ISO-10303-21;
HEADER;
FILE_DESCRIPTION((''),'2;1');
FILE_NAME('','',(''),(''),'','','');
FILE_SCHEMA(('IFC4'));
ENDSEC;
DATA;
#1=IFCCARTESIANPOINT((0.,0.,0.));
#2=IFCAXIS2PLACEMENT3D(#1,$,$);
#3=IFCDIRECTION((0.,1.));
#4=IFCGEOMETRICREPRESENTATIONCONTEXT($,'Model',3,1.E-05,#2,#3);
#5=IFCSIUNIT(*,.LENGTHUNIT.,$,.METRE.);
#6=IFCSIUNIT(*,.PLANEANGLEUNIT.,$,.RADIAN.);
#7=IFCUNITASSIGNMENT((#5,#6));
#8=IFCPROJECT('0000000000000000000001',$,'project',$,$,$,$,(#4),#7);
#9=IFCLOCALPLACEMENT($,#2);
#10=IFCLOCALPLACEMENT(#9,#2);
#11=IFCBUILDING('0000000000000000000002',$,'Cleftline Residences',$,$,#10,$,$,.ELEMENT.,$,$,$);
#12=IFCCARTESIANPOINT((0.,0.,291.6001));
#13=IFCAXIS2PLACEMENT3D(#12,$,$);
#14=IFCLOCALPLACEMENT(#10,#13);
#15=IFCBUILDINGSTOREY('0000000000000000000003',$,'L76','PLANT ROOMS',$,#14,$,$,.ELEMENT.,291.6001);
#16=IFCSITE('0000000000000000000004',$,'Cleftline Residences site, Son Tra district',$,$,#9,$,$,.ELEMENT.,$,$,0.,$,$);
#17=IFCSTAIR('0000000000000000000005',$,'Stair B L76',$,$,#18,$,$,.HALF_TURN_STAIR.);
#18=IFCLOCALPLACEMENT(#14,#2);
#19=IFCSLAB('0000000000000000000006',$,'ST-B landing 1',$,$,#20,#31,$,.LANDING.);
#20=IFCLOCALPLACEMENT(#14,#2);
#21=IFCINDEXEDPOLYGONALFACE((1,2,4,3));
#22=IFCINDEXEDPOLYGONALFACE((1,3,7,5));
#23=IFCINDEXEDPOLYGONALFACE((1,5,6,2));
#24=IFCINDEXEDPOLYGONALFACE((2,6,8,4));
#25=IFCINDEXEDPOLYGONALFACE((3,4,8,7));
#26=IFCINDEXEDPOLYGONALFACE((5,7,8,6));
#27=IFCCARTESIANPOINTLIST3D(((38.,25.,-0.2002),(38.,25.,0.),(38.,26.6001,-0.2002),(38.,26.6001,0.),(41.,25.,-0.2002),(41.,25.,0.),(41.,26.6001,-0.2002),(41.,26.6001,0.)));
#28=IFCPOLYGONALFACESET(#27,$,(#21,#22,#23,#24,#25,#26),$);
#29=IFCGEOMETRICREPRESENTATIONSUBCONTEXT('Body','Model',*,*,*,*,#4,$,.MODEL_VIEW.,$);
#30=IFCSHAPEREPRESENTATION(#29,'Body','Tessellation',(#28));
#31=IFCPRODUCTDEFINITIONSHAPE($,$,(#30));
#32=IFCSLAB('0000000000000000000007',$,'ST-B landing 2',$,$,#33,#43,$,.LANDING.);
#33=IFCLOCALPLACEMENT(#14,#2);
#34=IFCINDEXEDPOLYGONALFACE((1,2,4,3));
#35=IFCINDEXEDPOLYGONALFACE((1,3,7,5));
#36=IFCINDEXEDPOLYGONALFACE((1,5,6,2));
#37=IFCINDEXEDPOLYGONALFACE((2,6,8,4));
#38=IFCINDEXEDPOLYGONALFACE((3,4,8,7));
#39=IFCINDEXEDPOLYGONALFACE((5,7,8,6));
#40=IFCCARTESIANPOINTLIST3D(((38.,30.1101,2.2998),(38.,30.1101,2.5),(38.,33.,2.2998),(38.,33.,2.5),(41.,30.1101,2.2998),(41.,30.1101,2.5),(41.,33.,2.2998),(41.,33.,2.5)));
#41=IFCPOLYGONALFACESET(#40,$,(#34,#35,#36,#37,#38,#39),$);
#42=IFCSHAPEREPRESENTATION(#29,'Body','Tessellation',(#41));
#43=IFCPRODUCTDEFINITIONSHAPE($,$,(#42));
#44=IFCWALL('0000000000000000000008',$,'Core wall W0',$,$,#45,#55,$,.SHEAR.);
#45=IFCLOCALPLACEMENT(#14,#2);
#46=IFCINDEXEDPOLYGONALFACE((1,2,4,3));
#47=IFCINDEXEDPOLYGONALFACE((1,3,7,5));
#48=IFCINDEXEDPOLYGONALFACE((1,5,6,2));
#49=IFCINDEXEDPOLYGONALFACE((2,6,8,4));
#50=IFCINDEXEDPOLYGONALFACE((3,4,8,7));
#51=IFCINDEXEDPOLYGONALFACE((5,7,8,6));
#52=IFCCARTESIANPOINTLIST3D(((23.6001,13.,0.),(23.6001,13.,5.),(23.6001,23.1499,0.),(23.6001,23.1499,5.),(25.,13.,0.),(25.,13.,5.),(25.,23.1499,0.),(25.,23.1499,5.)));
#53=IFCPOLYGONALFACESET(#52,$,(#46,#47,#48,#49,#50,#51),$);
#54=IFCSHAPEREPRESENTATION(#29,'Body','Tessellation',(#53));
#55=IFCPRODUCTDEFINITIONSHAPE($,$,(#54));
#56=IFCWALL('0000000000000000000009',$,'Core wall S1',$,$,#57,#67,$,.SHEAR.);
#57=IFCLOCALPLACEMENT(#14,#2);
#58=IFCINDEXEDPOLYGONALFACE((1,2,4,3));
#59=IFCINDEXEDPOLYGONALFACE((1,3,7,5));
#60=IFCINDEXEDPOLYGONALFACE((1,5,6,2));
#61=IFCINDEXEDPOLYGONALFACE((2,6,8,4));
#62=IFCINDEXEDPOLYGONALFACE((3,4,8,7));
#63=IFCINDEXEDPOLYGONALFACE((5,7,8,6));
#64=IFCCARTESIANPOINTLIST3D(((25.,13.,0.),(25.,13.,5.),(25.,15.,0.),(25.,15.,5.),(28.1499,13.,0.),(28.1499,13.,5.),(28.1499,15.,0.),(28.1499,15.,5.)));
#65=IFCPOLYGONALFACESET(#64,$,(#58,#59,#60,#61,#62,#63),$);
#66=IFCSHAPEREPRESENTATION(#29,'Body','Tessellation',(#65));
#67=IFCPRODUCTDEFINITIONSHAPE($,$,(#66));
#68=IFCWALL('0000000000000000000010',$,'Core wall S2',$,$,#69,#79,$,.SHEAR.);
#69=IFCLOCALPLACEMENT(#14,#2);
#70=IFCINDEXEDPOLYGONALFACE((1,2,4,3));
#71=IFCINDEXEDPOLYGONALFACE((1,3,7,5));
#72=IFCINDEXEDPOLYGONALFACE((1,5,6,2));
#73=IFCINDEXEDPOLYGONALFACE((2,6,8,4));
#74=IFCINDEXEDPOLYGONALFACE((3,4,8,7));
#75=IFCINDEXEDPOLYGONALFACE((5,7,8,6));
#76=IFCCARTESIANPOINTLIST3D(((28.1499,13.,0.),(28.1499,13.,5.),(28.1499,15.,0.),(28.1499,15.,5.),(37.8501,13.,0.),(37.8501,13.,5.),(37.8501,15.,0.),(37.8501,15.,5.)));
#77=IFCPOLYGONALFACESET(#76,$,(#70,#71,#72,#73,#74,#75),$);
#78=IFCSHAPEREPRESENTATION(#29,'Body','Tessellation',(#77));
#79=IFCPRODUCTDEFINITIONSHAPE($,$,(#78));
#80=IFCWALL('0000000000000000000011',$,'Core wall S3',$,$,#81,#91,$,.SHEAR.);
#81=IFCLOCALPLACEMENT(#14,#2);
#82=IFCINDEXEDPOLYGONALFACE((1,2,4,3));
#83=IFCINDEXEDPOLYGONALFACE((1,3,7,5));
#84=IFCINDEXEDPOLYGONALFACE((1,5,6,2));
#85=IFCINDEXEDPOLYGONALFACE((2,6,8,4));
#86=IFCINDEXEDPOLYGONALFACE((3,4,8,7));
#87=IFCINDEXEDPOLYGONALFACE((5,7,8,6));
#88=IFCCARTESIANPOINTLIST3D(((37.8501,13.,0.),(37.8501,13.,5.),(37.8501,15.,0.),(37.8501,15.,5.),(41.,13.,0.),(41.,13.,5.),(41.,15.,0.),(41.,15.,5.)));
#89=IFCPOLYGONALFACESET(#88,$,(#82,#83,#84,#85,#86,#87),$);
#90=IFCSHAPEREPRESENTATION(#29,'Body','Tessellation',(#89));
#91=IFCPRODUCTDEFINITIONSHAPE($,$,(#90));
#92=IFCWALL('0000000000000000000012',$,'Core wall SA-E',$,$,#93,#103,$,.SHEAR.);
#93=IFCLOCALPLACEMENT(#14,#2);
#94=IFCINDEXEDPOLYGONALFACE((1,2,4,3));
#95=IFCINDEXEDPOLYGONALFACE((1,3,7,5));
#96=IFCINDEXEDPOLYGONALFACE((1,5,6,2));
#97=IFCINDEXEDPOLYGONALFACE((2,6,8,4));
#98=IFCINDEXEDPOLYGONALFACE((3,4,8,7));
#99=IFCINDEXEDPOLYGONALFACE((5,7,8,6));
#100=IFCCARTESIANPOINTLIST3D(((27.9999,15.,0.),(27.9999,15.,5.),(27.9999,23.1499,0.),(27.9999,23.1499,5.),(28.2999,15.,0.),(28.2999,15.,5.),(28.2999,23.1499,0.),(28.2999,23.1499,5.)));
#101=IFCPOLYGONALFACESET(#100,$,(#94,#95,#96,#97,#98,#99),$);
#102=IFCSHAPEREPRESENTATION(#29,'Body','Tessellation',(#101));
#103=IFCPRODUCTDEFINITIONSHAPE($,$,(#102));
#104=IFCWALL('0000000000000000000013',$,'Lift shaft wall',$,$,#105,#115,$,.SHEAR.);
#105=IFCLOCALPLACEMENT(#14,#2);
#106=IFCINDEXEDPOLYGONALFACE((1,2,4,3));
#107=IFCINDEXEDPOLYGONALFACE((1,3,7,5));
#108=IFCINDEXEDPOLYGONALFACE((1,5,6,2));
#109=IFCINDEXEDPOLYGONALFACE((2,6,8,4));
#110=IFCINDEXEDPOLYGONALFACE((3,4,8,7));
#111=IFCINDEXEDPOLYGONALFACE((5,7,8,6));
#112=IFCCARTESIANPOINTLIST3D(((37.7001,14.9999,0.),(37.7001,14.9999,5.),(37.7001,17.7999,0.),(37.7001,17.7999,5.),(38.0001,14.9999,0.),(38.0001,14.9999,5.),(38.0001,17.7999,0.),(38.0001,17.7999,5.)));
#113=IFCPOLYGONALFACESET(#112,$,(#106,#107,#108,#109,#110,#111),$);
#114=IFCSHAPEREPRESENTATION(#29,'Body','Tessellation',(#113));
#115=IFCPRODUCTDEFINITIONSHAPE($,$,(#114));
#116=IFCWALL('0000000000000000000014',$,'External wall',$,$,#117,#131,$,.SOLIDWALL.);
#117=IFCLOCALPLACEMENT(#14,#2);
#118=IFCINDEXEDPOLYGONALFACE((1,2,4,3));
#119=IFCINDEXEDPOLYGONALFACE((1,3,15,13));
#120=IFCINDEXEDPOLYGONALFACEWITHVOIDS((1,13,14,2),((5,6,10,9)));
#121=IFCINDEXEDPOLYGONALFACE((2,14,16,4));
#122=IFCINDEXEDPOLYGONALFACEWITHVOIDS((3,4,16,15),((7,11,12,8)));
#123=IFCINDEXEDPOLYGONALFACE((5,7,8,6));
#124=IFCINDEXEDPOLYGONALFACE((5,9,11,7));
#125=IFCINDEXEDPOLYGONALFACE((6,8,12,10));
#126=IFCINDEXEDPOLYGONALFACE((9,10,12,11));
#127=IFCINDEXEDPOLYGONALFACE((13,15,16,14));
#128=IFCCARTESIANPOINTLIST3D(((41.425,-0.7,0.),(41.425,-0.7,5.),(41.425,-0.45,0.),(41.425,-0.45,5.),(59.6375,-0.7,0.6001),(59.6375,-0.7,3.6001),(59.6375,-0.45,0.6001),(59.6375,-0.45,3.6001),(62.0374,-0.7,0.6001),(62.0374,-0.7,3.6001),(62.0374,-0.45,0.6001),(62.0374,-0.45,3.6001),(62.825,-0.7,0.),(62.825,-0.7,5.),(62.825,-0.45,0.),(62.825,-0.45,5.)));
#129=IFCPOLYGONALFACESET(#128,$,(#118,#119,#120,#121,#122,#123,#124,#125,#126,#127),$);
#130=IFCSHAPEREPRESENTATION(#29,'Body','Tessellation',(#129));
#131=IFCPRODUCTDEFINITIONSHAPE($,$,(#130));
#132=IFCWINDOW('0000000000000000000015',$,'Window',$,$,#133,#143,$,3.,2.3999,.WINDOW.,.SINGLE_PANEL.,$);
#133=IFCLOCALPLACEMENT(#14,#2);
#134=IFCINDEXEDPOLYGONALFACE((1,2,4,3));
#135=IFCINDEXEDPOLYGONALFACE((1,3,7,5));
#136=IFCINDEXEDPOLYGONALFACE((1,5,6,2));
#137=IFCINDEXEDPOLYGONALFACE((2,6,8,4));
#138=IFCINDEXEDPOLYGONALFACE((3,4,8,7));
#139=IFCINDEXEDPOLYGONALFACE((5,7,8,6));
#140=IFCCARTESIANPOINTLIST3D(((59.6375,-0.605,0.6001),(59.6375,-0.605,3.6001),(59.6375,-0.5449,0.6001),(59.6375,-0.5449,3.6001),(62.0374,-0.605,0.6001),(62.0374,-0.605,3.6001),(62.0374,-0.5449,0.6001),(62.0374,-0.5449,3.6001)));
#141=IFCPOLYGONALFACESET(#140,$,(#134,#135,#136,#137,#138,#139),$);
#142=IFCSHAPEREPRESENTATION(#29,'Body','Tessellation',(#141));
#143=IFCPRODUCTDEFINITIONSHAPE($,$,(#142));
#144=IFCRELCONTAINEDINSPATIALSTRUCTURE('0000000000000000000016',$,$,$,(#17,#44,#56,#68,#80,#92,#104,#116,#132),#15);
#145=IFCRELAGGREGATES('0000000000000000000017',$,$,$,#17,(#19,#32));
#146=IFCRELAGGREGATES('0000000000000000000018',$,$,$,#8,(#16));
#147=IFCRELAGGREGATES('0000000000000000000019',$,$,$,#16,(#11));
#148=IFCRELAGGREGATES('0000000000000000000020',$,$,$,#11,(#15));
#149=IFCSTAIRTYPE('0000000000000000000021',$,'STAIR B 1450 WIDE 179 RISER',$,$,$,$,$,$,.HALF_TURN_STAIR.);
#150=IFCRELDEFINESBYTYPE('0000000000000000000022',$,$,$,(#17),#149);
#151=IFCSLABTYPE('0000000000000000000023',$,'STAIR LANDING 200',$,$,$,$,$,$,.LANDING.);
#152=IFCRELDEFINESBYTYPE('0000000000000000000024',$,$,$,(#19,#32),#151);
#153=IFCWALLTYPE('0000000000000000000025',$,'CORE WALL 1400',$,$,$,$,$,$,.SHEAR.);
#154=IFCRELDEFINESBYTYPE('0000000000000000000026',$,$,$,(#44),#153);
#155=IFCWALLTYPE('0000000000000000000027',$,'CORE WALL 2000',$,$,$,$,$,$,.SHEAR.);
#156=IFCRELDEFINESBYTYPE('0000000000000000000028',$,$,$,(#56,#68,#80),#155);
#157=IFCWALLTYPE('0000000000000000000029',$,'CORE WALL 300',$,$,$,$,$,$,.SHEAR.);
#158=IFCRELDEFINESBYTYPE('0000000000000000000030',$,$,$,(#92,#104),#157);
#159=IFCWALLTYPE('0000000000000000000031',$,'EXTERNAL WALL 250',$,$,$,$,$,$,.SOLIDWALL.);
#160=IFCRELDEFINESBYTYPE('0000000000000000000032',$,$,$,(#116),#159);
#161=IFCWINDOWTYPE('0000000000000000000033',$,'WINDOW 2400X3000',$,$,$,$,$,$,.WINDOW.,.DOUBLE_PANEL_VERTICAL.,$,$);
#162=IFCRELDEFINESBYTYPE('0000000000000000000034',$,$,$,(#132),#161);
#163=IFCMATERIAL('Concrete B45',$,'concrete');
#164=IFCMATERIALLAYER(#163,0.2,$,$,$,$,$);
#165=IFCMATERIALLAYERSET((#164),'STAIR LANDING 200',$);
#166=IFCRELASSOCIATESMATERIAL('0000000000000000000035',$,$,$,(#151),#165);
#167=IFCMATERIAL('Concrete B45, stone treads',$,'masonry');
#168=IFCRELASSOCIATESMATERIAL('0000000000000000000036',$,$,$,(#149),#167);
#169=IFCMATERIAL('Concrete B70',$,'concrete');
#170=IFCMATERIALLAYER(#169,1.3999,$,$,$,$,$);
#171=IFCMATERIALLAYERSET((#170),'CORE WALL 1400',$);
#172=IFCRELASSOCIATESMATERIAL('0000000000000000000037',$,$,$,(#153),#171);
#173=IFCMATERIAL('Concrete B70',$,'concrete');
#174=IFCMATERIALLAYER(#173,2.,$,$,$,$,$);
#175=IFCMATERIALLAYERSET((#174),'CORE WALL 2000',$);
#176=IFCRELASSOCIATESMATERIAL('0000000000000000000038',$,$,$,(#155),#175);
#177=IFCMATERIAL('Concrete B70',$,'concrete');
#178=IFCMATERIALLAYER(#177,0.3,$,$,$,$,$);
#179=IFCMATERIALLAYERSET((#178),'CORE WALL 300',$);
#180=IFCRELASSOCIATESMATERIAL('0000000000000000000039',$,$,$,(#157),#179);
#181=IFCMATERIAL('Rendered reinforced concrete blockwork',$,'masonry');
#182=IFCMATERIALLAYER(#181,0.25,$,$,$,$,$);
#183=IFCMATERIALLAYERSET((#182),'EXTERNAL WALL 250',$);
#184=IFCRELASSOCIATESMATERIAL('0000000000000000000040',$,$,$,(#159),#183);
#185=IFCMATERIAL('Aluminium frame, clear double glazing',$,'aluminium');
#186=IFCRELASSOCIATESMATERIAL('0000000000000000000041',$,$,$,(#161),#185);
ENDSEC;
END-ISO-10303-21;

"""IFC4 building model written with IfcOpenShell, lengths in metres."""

from ifc_helpers import new_model, si_unit, direction, frame, frame_2d, origin, place, context, subcontext, project, spatial, polyline, rectangle, outline, extrude, material, layer, layer_set, type_object, element, fill, aggregate, save


model = new_model("IFC4")

# Units and contexts
model_context = context("Model", 3, precision=1e-05, world=origin(), true_north=direction((0.0, 1.0)))
body_context = subcontext(model_context, "Body", "Model", "MODEL_VIEW")
ifc_project = project(units=[si_unit("LENGTHUNIT", "METRE"), si_unit("PLANEANGLEUNIT", "RADIAN")], contexts=[model_context])

# Site, building, storey
site_placement = place(None, origin())
site = spatial("IfcSite", under=ifc_project, at=site_placement, Name="Cleftline Residences site, Son Tra district", CompositionType="ELEMENT", RefElevation=0.0)
building_placement = place(site_placement, origin())
building = spatial("IfcBuilding", under=site, at=building_placement, Name="Cleftline Residences", CompositionType="ELEMENT")
storey_placement = place(building_placement, frame((0.0, 0.0, 291.6001)))
storey = spatial("IfcBuildingStorey", under=building, at=storey_placement, Name="L76", Description="PLANT ROOMS", CompositionType="ELEMENT", Elevation=291.6001)

# Stair, slabs
ifc_material_1 = material(Name="Concrete B45", Category="concrete")
ifc_layer_1 = layer(ifc_material_1, 0.2)
ifc_layer_set_1 = layer_set([ifc_layer_1], Name="STAIR LANDING 200")
slab_type_1 = type_object("IfcSlabType", Name="STAIR LANDING 200", PredefinedType="LANDING", material=ifc_layer_set_1)
ifc_material_2 = material(Name="Concrete B45, stone treads", Category="masonry")
stair_type_1 = type_object("IfcStairType", Name="STAIR B 1450 WIDE 179 RISER", PredefinedType="HALF_TURN_STAIR", material=ifc_material_2)
stair_1_placement = place(storey_placement, origin())
stair_1 = element("IfcStair", 1, at=stair_1_placement, inside=storey, type_object=stair_type_1, Name="Stair B L76", PredefinedType="HALF_TURN_STAIR")
slab_1_placement = place(storey_placement, frame((0.0, 0.0, -0.2002)))
slab_1 = element("IfcSlab", 2, at=slab_1_placement, type_object=slab_type_1, Name="ST-B landing 1", PredefinedType="LANDING", context=body_context, shape_type="SweptSolid", body=[
    extrude(outline(polyline([(38.0, 25.0), (41.0, 25.0), (41.0, 26.6001), (38.0, 26.6001), (38.0, 25.0)])), origin(), (0.0, 0.0, 1.0), 0.2002),
])
slab_2_placement = place(storey_placement, frame((0.0, 0.0, 2.2998)))
slab_2 = element("IfcSlab", 3, at=slab_2_placement, type_object=slab_type_1, Name="ST-B landing 2", PredefinedType="LANDING", context=body_context, shape_type="SweptSolid", body=[
    extrude(outline(polyline([(38.0, 30.1101), (41.0, 30.1101), (41.0, 33.0), (38.0, 33.0), (38.0, 30.1101)])), origin(), (0.0, 0.0, 1.0), 0.2002),
])
aggregate(stair_1, [slab_1, slab_2])

# Walls
ifc_material_3 = material(Name="Concrete B70", Category="concrete")
ifc_layer_2 = layer(ifc_material_3, 1.3999)
ifc_layer_set_2 = layer_set([ifc_layer_2], Name="CORE WALL 1400")
wall_type_1 = type_object("IfcWallType", Name="CORE WALL 1400", PredefinedType="SHEAR", material=ifc_layer_set_2)
wall_1_placement = place(storey_placement, frame((24.3, 13.0, 0.0), z_axis=(0.0, 0.0, 1.0), x_axis=(0.0, 1.0, 0.0)))
element("IfcWall", 4, at=wall_1_placement, inside=storey, type_object=wall_type_1, Name="Core wall W0", PredefinedType="SHEAR", context=body_context, shape_type="SweptSolid", body=[
    extrude(rectangle(XDim=10.1499, YDim=1.3999, at=frame_2d((5.075, 0.0))), origin(), (0.0, 0.0, 1.0), 5.0),
])
ifc_material_4 = material(Name="Concrete B70", Category="concrete")
ifc_layer_3 = layer(ifc_material_4, 2.0)
ifc_layer_set_3 = layer_set([ifc_layer_3], Name="CORE WALL 2000")
wall_type_2 = type_object("IfcWallType", Name="CORE WALL 2000", PredefinedType="SHEAR", material=ifc_layer_set_3)
wall_2_placement = place(storey_placement, frame((25.0, 14.0, 0.0), z_axis=(0.0, 0.0, 1.0), x_axis=(1.0, 0.0, 0.0)))
element("IfcWall", 5, at=wall_2_placement, inside=storey, type_object=wall_type_2, Name="Core wall S1", PredefinedType="SHEAR", context=body_context, shape_type="SweptSolid", body=[
    extrude(rectangle(XDim=3.1499, YDim=2.0, at=frame_2d((1.575, 0.0))), origin(), (0.0, 0.0, 1.0), 5.0),
])
wall_3_placement = place(storey_placement, frame((28.1499, 14.0, 0.0), z_axis=(0.0, 0.0, 1.0), x_axis=(1.0, 0.0, 0.0)))
element("IfcWall", 6, at=wall_3_placement, inside=storey, type_object=wall_type_2, Name="Core wall S2", PredefinedType="SHEAR", context=body_context, shape_type="SweptSolid", body=[
    extrude(rectangle(XDim=9.7002, YDim=2.0, at=frame_2d((4.8501, 0.0))), origin(), (0.0, 0.0, 1.0), 5.0),
])
wall_4_placement = place(storey_placement, frame((37.8501, 14.0, 0.0), z_axis=(0.0, 0.0, 1.0), x_axis=(1.0, 0.0, 0.0)))
element("IfcWall", 7, at=wall_4_placement, inside=storey, type_object=wall_type_2, Name="Core wall S3", PredefinedType="SHEAR", context=body_context, shape_type="SweptSolid", body=[
    extrude(rectangle(XDim=3.1499, YDim=2.0, at=frame_2d((1.575, 0.0))), origin(), (0.0, 0.0, 1.0), 5.0),
])
ifc_material_5 = material(Name="Concrete B70", Category="concrete")
ifc_layer_4 = layer(ifc_material_5, 0.3)
ifc_layer_set_4 = layer_set([ifc_layer_4], Name="CORE WALL 300")
wall_type_3 = type_object("IfcWallType", Name="CORE WALL 300", PredefinedType="SHEAR", material=ifc_layer_set_4)
wall_5_placement = place(storey_placement, frame((28.1499, 15.0, 0.0), z_axis=(0.0, 0.0, 1.0), x_axis=(0.0, 1.0, 0.0)))
element("IfcWall", 8, at=wall_5_placement, inside=storey, type_object=wall_type_3, Name="Core wall SA-E", PredefinedType="SHEAR", context=body_context, shape_type="SweptSolid", body=[
    extrude(rectangle(XDim=8.1499, YDim=0.3, at=frame_2d((4.075, 0.0))), origin(), (0.0, 0.0, 1.0), 5.0),
])
wall_6_placement = place(storey_placement, frame((37.8501, 15.0, 0.0), z_axis=(0.0, 0.0, 1.0), x_axis=(0.0, 1.0, 0.0)))
element("IfcWall", 9, at=wall_6_placement, inside=storey, type_object=wall_type_3, Name="Lift shaft wall", PredefinedType="SHEAR", context=body_context, shape_type="SweptSolid", body=[
    extrude(rectangle(XDim=2.8, YDim=0.3, at=frame_2d((1.3999, 0.0))), origin(), (0.0, 0.0, 1.0), 5.0),
])

# Wall, opening, window
ifc_material_6 = material(Name="Rendered reinforced concrete blockwork", Category="masonry")
ifc_layer_5 = layer(ifc_material_6, 0.25)
ifc_layer_set_5 = layer_set([ifc_layer_5], Name="EXTERNAL WALL 250")
wall_type_4 = type_object("IfcWallType", Name="EXTERNAL WALL 250", PredefinedType="SOLIDWALL", material=ifc_layer_set_5)
wall_7_placement = place(storey_placement, frame((41.425, -0.575, 0.0), z_axis=(0.0, 0.0, 1.0), x_axis=(1.0, 0.0, 0.0)))
wall_7 = element("IfcWall", 10, at=wall_7_placement, inside=storey, type_object=wall_type_4, Name="External wall", PredefinedType="SOLIDWALL", context=body_context, shape_type="SweptSolid", body=[
    extrude(rectangle(XDim=21.3999, YDim=0.25, at=frame_2d((10.7, 0.0))), origin(), (0.0, 0.0, 1.0), 5.0),
])
opening_1_placement = place(wall_7_placement, frame((18.2124, 0.0, 0.6001)))
opening_1 = element("IfcOpeningElement", 11, at=opening_1_placement, cuts=wall_7, PredefinedType="OPENING", context=body_context, shape_type="SweptSolid", body=[
    extrude(rectangle(XDim=2.3999, YDim=3.0, at=frame_2d((1.2, 1.5))), frame((0.0, 0.135, 0.0), z_axis=(0.0, -1.0, 0.0), x_axis=(1.0, 0.0, 0.0)), (0.0, 0.0, 1.0), 0.27),
])
ifc_material_7 = material(Name="Aluminium frame, clear double glazing", Category="aluminium")
window_type = type_object("IfcWindowType", Name="WINDOW 2400X3000", PartitioningType="DOUBLE_PANEL_VERTICAL", PredefinedType="WINDOW", material=ifc_material_7)
window_placement = place(opening_1_placement, origin())
window = element("IfcWindow", 12, at=window_placement, inside=storey, type_object=window_type, Name="Window", OverallHeight=3.0, OverallWidth=2.3999, PartitioningType="SINGLE_PANEL", PredefinedType="WINDOW", context=body_context, shape_type="SweptSolid", body=[
    extrude(rectangle(XDim=2.3999, YDim=3.0, at=frame_2d((1.2, 1.5))), frame((0.0, 0.03, 0.0), z_axis=(0.0, -1.0, 0.0), x_axis=(1.0, 0.0, 0.0)), (0.0, 0.0, 1.0), 0.0601),
])
fill(opening_1, window)

save(model, "model.ifc")
